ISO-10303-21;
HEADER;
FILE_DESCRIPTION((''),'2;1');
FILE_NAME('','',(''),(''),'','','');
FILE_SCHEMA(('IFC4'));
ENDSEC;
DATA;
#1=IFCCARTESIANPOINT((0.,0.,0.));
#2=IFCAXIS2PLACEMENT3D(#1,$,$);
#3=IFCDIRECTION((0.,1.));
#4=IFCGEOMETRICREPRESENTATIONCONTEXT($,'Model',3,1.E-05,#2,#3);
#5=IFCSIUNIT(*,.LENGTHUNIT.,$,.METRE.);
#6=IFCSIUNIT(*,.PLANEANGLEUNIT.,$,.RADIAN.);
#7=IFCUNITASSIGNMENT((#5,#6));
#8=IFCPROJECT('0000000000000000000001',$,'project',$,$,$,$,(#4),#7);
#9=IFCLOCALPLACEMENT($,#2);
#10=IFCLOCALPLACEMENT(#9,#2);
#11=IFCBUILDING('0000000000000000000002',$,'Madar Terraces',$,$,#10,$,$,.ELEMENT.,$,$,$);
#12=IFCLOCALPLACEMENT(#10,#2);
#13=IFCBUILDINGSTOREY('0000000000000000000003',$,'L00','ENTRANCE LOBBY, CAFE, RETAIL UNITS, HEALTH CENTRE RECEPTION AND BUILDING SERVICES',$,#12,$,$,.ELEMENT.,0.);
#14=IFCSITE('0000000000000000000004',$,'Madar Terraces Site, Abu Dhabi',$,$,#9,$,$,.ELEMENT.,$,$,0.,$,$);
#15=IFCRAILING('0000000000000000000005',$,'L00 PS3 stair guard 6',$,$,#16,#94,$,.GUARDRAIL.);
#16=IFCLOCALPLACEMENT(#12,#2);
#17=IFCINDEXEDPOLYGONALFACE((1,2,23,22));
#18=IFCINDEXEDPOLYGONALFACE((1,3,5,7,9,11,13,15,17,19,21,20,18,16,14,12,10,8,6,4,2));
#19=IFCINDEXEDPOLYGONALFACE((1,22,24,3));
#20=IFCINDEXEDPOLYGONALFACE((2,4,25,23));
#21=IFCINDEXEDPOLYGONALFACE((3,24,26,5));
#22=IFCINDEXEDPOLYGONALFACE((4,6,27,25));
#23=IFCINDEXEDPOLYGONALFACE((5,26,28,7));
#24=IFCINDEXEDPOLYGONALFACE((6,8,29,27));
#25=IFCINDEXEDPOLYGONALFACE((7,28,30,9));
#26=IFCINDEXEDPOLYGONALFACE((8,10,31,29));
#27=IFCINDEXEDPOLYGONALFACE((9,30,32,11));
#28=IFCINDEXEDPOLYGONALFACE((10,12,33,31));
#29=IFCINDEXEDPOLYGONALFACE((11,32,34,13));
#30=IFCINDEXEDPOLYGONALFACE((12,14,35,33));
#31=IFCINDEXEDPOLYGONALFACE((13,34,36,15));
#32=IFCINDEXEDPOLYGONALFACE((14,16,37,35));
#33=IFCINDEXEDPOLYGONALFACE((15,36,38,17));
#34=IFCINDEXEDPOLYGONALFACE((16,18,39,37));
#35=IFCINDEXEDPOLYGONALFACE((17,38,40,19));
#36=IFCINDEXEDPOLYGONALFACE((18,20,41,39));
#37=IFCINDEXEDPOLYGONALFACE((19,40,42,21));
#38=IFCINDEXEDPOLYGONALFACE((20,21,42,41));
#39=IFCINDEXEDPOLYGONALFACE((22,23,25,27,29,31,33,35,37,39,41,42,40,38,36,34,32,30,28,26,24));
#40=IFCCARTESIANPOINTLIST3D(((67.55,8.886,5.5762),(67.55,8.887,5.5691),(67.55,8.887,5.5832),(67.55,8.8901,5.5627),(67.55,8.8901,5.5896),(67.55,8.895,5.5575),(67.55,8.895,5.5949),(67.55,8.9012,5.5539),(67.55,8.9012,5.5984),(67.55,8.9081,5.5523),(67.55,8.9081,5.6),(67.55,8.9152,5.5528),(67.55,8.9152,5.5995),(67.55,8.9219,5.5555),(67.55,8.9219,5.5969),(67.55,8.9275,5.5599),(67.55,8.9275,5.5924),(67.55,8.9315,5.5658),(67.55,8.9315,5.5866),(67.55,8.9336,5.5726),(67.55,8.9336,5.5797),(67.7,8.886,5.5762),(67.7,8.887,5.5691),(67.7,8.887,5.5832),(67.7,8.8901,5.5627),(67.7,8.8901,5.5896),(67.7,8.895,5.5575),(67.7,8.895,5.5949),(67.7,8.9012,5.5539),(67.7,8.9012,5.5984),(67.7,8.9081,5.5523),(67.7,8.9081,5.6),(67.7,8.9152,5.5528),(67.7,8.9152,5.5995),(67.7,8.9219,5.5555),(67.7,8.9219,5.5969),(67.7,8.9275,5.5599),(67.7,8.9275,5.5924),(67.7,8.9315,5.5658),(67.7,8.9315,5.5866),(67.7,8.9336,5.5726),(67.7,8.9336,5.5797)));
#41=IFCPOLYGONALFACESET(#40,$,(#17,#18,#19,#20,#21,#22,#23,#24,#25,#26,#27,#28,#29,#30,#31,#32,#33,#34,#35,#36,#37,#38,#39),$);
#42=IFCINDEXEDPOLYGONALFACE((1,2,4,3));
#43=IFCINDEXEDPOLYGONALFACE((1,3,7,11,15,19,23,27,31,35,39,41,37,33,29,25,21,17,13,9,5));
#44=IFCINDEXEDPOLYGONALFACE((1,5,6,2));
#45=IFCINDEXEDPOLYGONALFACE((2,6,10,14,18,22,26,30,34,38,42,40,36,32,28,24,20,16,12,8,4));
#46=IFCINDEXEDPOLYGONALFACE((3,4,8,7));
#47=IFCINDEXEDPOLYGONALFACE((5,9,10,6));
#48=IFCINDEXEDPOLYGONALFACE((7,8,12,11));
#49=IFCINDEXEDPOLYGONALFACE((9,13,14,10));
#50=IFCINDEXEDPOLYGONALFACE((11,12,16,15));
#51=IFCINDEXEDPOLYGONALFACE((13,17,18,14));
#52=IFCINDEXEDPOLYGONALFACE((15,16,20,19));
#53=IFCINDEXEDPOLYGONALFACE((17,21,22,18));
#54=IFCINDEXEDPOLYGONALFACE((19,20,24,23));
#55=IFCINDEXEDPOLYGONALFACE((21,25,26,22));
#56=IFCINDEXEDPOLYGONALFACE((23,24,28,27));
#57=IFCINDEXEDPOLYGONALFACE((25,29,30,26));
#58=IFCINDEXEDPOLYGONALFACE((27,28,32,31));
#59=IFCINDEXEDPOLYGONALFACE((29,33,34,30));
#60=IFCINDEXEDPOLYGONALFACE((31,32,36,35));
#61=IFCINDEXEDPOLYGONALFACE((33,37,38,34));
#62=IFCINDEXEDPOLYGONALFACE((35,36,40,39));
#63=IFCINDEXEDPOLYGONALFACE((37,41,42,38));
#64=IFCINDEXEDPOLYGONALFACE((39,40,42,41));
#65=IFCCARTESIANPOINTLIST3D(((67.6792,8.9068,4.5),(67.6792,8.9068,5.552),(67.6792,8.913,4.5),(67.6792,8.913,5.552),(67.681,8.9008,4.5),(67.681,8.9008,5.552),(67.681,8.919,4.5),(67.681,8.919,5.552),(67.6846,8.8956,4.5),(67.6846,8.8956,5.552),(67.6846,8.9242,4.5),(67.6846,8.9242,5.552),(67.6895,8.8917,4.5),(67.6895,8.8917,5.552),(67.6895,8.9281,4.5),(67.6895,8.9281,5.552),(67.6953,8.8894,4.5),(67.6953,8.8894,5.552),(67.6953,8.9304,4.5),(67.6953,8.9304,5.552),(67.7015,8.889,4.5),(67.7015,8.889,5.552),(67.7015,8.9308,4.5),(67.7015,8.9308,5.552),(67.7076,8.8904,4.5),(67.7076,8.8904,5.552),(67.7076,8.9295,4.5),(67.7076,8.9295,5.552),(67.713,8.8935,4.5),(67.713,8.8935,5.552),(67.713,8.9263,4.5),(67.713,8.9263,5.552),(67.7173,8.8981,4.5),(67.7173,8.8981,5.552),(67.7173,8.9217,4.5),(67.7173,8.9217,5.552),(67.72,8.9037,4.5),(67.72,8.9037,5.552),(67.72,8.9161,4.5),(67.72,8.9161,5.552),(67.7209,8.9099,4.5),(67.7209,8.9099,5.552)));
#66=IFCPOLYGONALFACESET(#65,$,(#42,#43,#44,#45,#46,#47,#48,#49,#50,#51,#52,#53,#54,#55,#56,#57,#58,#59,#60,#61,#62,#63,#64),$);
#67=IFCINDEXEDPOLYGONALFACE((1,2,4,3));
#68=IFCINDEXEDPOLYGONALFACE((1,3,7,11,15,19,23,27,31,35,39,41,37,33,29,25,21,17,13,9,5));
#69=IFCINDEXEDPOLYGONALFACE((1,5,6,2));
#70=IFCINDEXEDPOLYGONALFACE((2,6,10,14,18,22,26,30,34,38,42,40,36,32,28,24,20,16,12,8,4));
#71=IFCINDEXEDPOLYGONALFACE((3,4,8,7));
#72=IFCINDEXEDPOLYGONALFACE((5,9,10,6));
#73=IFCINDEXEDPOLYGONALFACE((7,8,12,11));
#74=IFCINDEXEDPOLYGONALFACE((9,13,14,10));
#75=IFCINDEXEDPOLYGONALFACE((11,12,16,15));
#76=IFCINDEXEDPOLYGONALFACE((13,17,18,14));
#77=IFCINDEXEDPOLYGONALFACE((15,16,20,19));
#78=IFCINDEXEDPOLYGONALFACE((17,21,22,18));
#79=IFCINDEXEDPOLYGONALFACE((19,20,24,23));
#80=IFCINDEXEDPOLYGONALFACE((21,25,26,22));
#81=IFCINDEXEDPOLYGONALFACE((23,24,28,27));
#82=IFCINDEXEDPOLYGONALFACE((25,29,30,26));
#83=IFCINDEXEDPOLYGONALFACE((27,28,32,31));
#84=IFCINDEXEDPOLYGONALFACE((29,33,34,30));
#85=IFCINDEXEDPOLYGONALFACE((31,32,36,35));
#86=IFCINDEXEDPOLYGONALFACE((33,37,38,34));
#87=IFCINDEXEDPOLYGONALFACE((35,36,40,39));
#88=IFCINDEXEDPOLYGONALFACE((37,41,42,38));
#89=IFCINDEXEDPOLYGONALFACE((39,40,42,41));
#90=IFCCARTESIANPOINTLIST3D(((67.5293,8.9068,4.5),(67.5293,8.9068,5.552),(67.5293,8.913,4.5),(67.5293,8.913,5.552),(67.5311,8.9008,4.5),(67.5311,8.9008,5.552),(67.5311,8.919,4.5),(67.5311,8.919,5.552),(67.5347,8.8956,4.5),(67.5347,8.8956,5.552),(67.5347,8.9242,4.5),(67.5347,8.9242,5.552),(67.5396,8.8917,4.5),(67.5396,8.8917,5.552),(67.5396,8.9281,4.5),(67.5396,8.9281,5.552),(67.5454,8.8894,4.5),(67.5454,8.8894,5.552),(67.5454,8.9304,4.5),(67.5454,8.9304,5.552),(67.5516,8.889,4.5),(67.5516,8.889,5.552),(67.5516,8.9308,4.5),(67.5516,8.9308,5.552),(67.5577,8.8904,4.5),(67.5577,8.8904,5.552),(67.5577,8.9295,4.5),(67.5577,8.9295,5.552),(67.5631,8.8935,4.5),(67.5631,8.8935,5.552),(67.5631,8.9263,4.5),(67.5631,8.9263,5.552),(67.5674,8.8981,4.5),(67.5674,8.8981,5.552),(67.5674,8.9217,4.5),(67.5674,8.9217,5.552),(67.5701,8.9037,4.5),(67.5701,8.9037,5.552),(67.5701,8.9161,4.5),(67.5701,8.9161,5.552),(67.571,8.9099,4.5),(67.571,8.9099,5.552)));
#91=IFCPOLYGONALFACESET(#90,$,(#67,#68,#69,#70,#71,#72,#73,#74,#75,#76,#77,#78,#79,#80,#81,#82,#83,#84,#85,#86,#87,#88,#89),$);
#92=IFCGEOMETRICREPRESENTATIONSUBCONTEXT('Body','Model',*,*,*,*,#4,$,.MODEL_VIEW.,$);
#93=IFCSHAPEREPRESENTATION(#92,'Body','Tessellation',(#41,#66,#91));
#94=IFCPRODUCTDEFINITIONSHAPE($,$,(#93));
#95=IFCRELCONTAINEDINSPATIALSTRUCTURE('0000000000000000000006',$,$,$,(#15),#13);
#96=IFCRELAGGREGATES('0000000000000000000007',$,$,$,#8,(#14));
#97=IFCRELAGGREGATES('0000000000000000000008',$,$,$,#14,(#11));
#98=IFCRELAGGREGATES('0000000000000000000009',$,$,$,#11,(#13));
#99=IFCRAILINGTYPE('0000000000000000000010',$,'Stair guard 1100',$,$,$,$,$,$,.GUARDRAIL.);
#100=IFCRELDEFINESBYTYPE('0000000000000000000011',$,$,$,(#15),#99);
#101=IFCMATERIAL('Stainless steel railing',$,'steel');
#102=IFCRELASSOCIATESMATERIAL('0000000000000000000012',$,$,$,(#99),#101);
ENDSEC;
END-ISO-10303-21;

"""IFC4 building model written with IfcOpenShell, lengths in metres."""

from ifc_helpers import new_model, si_unit, direction, frame, origin, origin_2d, place, context, subcontext, project, spatial, circle, extrude, material, type_object, element, save


model = new_model("IFC4")

# Units and contexts
model_context = context("Model", 3, precision=1e-05, world=origin(), true_north=direction((0.0, 1.0)))
body_context = subcontext(model_context, "Body", "Model", "MODEL_VIEW")
ifc_project = project(units=[si_unit("LENGTHUNIT", "METRE"), si_unit("PLANEANGLEUNIT", "RADIAN")], contexts=[model_context])

# Site, building, storey
site_placement = place(None, origin())
site = spatial("IfcSite", under=ifc_project, at=site_placement, Name="Madar Terraces Site, Abu Dhabi", CompositionType="ELEMENT", RefElevation=0.0)
building_placement = place(site_placement, origin())
building = spatial("IfcBuilding", under=site, at=building_placement, Name="Madar Terraces", CompositionType="ELEMENT")
storey_placement = place(building_placement, origin())
storey = spatial("IfcBuildingStorey", under=building, at=storey_placement, Name="L00", Description="ENTRANCE LOBBY, CAFE, RETAIL UNITS, HEALTH CENTRE RECEPTION AND BUILDING SERVICES", CompositionType="ELEMENT", Elevation=0.0)

# Railing
ifc_material_1 = material(Name="Stainless steel railing", Category="steel")
railing_type_1 = type_object("IfcRailingType", Name="Stair guard 1100", PredefinedType="GUARDRAIL", material=ifc_material_1)
railing_1_placement = place(storey_placement, frame((67.7, 8.9099, 4.5)))
element("IfcRailing", 1, at=railing_1_placement, inside=storey, type_object=railing_type_1, Name="L00 PS3 stair guard 6", PredefinedType="GUARDRAIL", context=body_context, shape_type="SweptSolid", body=[
    extrude(circle(Radius=0.0239, at=origin_2d()), frame((0.0, 0.0, 1.0762), z_axis=(-1.0, 0.0, 0.0), x_axis=(0.0, -1.0, 0.0)), (0.0, 0.0, 1.0), 0.1499),
    extrude(circle(Radius=0.021, at=origin_2d()), origin(), (0.0, 0.0, 1.0), 1.052),
    extrude(circle(Radius=0.021, at=origin_2d()), frame((-0.1499, 0.0, 0.0)), (0.0, 0.0, 1.0), 1.052),
])

save(model, "model.ifc")
